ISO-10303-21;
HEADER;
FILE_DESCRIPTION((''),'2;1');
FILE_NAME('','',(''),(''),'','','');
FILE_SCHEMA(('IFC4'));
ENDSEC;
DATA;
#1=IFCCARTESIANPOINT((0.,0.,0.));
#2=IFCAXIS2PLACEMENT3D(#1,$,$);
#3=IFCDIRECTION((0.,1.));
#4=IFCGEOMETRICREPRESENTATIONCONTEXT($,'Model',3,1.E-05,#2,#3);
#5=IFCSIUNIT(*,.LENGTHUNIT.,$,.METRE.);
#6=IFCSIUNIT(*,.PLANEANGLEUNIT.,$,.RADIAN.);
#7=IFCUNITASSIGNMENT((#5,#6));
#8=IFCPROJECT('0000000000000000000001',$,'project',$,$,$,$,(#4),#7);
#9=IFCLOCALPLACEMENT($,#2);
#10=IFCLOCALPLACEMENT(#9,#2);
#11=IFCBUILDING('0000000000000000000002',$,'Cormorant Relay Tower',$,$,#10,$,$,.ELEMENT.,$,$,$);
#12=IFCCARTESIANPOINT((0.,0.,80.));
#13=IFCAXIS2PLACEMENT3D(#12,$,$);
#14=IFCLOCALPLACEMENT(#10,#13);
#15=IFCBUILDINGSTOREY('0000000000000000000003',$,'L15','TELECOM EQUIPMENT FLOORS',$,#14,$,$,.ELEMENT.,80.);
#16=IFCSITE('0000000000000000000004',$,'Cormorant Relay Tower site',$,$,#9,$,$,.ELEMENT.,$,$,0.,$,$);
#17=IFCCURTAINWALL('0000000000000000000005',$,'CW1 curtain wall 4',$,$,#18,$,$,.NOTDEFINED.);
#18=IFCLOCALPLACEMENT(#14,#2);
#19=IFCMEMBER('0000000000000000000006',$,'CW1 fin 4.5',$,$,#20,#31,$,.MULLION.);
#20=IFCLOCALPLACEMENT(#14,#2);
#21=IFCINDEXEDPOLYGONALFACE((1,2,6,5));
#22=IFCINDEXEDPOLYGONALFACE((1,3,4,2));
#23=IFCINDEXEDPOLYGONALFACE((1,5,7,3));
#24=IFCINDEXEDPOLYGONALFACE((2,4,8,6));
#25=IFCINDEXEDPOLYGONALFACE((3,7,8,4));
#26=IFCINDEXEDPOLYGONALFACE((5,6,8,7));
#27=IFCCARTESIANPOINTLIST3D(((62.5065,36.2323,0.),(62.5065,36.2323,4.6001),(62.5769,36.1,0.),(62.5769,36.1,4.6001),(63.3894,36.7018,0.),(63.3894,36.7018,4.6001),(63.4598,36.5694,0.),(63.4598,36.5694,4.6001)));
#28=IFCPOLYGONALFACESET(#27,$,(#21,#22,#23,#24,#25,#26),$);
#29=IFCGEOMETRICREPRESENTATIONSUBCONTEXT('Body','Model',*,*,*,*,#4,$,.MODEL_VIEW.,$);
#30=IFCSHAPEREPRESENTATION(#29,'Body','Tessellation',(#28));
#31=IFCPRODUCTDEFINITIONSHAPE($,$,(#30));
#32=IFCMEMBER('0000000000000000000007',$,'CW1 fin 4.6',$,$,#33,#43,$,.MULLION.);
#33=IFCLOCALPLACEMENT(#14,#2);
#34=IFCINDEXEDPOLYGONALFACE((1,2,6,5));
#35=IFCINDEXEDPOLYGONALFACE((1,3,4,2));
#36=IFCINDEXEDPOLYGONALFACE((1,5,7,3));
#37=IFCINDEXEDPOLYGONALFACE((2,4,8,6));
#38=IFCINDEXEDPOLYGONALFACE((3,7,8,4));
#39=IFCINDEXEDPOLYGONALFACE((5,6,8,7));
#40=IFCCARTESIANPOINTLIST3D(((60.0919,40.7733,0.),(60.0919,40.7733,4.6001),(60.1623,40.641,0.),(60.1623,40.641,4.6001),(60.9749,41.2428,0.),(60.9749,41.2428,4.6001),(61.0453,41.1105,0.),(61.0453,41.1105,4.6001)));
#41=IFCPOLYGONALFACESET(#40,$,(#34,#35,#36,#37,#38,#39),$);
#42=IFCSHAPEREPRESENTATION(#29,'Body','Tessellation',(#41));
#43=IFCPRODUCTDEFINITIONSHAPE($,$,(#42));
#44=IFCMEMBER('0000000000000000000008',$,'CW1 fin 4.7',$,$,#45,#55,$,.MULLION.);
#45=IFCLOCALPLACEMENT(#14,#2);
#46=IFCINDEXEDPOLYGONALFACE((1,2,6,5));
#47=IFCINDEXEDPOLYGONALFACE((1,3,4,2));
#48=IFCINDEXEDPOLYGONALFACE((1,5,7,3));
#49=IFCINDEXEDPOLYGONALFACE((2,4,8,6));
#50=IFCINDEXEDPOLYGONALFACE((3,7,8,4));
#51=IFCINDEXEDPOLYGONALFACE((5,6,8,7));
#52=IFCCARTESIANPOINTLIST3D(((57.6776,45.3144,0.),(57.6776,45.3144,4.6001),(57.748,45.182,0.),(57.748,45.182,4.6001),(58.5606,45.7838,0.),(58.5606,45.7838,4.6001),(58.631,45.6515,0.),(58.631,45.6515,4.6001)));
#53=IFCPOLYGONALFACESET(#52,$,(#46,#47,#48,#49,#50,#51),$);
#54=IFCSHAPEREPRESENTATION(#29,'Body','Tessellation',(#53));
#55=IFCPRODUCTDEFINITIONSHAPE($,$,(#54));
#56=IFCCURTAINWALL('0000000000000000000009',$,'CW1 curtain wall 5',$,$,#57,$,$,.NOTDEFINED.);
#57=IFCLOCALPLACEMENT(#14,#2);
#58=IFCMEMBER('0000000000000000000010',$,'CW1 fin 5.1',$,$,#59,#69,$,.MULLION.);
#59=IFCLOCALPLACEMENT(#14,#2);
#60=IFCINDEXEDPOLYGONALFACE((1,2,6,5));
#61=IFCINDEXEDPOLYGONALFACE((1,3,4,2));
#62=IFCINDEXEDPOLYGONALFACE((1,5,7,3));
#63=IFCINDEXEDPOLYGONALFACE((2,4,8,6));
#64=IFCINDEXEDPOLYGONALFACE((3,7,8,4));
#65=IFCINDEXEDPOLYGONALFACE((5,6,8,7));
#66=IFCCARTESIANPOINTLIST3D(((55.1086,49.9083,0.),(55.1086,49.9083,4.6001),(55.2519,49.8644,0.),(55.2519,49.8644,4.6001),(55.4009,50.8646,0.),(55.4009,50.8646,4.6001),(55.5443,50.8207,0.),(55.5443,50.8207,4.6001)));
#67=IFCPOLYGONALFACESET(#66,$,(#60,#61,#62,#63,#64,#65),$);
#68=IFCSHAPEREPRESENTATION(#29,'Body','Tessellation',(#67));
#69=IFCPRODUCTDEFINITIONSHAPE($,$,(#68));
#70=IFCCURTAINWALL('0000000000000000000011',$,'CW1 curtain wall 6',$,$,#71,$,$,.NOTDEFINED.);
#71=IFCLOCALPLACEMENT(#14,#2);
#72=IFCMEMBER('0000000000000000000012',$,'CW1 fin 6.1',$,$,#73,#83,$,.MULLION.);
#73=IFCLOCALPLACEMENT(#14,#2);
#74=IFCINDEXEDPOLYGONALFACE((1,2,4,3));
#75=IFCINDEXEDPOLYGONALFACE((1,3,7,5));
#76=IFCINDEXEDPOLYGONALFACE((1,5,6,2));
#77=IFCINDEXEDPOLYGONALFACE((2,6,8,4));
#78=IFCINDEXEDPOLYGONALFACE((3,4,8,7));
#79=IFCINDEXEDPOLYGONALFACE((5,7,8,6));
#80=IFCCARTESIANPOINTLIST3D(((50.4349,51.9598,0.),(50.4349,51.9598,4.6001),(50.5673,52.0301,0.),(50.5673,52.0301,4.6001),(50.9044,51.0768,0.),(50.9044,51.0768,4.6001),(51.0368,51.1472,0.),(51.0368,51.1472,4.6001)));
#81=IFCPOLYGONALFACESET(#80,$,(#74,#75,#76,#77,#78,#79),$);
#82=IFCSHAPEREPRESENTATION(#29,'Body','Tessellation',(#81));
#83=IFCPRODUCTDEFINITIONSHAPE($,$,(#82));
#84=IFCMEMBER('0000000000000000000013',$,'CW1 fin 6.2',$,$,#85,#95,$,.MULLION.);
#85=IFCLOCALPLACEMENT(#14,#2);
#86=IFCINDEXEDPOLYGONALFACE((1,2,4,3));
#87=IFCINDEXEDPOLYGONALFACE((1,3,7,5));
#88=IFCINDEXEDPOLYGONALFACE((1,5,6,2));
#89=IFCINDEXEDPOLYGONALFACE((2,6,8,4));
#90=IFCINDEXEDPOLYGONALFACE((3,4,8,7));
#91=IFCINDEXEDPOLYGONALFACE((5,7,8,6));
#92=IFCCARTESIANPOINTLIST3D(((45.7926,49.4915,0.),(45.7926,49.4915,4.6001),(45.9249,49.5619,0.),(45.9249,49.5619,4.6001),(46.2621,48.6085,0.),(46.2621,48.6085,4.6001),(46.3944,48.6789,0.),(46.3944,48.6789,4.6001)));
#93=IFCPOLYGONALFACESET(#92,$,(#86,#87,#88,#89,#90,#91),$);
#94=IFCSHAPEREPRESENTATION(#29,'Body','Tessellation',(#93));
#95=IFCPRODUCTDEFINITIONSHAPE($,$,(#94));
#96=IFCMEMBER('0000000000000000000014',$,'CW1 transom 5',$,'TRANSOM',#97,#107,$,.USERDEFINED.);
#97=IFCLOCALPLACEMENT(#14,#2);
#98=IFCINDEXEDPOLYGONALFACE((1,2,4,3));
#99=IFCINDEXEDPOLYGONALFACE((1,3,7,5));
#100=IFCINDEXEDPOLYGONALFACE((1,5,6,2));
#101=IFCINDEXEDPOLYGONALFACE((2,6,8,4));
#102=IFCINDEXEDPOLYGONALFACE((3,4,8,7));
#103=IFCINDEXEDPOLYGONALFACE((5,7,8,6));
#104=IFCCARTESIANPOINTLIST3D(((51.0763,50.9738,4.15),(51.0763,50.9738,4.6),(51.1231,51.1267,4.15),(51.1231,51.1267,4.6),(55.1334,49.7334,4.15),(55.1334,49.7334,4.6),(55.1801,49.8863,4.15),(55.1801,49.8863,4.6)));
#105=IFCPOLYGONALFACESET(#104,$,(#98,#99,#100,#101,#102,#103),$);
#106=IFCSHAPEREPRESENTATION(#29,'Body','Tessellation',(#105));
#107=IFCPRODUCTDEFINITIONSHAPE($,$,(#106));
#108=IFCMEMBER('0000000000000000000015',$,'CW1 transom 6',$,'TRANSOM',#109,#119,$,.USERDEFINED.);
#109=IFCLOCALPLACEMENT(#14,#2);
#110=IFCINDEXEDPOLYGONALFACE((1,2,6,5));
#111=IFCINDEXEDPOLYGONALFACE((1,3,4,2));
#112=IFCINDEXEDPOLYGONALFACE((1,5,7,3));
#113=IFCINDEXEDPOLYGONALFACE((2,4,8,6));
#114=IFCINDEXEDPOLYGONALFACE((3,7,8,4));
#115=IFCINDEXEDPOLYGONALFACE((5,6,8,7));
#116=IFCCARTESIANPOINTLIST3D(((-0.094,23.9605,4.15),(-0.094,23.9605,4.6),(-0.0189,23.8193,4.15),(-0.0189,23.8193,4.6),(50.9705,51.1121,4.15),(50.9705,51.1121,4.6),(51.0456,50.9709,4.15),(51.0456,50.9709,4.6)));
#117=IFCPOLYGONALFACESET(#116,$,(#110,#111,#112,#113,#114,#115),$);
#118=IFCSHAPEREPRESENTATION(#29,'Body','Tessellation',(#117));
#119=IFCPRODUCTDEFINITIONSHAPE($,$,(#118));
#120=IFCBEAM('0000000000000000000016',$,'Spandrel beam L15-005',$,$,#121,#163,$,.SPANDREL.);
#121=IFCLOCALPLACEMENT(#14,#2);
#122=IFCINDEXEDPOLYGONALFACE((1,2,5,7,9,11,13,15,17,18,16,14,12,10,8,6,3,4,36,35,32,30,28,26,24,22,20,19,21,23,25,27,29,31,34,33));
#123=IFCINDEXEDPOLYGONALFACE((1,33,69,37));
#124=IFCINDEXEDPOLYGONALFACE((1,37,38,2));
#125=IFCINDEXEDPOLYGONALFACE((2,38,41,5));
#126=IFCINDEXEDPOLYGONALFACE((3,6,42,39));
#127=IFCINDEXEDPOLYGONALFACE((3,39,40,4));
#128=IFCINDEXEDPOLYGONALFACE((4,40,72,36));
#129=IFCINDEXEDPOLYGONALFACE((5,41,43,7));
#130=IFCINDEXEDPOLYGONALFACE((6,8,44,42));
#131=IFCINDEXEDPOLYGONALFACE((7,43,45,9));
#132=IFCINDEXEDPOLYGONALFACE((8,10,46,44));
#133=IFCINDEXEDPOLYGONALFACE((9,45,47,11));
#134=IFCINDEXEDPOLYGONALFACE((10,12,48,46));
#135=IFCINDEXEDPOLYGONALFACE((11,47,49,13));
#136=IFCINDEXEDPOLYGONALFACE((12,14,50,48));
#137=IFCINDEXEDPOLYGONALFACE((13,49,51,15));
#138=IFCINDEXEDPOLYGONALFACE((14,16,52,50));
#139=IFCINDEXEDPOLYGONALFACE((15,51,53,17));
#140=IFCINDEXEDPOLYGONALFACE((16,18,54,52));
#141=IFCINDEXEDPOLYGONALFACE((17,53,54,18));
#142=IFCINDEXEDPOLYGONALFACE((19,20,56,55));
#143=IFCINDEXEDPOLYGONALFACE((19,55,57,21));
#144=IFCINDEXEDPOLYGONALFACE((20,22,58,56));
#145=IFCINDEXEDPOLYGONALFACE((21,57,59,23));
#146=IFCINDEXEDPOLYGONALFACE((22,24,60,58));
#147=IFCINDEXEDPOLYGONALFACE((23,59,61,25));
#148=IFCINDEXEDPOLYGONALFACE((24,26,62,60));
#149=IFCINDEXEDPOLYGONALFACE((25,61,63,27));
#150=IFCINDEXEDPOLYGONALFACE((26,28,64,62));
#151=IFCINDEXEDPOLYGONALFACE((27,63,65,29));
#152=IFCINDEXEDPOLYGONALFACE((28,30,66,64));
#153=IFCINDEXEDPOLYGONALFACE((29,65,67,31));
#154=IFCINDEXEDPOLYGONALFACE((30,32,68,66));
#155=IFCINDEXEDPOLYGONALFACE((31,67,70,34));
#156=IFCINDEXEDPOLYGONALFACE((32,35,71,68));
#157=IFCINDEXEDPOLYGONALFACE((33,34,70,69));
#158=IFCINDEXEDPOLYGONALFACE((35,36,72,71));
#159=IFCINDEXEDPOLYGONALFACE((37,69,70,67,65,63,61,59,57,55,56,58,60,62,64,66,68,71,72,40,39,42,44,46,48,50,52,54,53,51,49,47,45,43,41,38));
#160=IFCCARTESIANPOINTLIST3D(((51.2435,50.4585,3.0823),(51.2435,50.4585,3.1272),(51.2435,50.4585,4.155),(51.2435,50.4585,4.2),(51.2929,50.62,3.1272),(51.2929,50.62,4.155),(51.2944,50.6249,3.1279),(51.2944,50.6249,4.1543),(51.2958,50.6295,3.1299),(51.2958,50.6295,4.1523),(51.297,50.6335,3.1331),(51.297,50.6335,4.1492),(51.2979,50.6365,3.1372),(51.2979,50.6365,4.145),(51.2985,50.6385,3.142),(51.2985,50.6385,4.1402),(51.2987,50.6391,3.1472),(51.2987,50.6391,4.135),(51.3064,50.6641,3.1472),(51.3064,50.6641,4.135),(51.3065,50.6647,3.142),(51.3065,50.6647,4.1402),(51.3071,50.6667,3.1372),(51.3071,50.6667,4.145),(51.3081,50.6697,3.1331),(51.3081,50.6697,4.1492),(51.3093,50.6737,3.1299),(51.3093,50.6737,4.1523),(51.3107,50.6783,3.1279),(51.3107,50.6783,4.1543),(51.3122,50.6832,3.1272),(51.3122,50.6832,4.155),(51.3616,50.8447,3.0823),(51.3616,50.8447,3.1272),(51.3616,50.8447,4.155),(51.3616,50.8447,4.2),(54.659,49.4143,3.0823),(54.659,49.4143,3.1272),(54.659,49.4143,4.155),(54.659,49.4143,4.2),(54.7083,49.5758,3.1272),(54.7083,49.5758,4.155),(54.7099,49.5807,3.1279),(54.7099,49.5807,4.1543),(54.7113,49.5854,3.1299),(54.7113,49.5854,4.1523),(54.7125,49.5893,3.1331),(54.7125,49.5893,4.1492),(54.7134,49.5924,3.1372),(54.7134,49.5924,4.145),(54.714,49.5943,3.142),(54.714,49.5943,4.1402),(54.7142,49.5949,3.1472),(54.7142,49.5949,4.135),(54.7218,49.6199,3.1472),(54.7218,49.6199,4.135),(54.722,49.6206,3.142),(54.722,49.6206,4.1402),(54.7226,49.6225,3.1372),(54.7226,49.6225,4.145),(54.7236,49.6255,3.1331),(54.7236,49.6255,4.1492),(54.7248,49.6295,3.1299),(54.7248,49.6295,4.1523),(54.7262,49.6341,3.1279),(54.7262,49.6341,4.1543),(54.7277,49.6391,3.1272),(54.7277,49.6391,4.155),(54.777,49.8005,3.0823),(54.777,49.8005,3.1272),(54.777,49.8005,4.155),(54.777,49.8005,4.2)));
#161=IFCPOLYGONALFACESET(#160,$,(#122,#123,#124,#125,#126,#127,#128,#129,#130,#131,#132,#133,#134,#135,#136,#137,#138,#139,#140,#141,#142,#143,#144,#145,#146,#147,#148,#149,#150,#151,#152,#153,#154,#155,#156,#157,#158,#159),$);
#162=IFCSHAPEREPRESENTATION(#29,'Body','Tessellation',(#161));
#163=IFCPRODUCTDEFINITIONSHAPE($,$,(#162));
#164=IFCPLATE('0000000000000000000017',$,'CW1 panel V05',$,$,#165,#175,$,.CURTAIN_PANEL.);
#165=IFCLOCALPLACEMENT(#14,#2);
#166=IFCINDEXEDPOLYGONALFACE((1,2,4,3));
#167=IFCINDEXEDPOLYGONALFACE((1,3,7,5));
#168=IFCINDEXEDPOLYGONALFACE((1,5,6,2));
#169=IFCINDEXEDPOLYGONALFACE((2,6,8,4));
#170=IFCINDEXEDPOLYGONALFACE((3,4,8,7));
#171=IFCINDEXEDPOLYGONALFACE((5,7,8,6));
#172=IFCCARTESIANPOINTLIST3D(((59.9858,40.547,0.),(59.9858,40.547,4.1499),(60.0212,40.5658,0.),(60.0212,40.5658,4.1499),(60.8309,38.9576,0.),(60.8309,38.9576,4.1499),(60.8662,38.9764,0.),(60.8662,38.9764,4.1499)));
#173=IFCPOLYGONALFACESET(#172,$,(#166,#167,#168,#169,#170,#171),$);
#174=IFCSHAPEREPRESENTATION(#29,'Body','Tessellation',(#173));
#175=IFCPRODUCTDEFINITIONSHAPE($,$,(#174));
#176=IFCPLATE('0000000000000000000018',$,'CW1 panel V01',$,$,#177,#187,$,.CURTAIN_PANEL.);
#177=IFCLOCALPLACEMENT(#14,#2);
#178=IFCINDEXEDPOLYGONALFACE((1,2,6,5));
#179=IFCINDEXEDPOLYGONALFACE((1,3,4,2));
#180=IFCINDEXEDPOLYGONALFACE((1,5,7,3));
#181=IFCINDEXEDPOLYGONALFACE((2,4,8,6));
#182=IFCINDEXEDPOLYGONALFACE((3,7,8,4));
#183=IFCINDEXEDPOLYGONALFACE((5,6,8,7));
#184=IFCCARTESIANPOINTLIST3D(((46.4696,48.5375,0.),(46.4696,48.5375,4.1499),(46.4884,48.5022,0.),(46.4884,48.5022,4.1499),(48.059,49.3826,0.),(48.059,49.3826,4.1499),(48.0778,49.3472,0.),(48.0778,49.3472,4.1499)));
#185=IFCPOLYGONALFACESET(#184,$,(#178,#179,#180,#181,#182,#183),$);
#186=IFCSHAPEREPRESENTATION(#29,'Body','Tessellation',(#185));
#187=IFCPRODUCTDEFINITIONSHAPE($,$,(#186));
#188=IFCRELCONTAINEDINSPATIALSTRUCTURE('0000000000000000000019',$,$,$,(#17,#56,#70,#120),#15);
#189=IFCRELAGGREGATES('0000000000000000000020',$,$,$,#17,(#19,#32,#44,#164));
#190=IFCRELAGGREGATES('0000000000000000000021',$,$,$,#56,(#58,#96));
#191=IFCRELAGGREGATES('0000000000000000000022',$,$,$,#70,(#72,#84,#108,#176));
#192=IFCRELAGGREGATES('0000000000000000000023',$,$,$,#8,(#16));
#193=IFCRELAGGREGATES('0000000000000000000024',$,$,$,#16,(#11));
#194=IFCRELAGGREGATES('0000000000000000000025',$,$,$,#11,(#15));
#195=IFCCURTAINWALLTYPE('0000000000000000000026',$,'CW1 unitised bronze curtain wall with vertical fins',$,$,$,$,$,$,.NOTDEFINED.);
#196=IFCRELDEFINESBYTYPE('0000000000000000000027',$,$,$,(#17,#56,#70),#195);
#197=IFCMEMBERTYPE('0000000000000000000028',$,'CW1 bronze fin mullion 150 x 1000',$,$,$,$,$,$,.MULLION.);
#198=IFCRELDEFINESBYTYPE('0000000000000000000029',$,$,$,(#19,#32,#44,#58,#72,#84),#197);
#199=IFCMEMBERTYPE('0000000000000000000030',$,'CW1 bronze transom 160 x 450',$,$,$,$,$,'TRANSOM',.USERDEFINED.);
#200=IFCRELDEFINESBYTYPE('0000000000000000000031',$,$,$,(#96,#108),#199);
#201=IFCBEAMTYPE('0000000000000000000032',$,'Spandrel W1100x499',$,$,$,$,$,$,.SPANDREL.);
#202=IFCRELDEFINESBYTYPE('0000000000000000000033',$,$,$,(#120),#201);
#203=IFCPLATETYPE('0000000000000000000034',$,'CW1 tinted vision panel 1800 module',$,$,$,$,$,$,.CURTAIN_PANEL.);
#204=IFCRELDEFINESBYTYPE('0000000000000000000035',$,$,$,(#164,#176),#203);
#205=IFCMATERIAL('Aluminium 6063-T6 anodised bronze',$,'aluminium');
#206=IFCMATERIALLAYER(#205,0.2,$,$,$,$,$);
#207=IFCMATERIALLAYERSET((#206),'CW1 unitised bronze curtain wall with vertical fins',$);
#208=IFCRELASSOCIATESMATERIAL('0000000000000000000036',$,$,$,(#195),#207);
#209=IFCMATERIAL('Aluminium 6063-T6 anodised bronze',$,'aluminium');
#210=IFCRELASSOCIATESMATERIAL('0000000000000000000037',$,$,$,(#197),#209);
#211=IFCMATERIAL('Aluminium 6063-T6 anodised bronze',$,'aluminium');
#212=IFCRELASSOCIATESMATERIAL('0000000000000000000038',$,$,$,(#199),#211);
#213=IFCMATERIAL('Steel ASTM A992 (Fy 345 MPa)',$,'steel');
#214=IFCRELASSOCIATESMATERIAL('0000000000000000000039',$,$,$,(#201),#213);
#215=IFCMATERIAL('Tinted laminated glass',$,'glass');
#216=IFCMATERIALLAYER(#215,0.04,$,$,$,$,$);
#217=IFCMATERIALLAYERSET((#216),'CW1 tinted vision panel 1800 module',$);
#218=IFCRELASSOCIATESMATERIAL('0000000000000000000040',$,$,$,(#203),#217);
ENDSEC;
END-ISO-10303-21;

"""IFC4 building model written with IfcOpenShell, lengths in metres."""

from ifc_helpers import new_model, si_unit, direction, frame, origin, origin_2d, place, context, subcontext, project, spatial, rectangle, i_section, extrude, material, layer, layer_set, material_profile, profile_set, type_object, element, aggregate, save


model = new_model("IFC4")

# Units and contexts
model_context = context("Model", 3, precision=1e-05, world=origin(), true_north=direction((0.0, 1.0)))
body_context = subcontext(model_context, "Body", "Model", "MODEL_VIEW")
ifc_project = project(units=[si_unit("LENGTHUNIT", "METRE"), si_unit("PLANEANGLEUNIT", "RADIAN")], contexts=[model_context])

# Site, building, storey
site_placement = place(None, origin())
site = spatial("IfcSite", under=ifc_project, at=site_placement, Name="Cormorant Relay Tower site", CompositionType="ELEMENT", RefElevation=0.0)
building_placement = place(site_placement, origin())
building = spatial("IfcBuilding", under=site, at=building_placement, Name="Cormorant Relay Tower", CompositionType="ELEMENT")
storey_placement = place(building_placement, frame((0.0, 0.0, 80.0)))
storey = spatial("IfcBuildingStorey", under=building, at=storey_placement, Name="L15", Description="TELECOM EQUIPMENT FLOORS", CompositionType="ELEMENT", Elevation=80.0)

# Curtain wall, members
ifc_material_1 = material(Name="Aluminium 6063-T6 anodised bronze", Category="aluminium")
ifc_layer_1 = layer(ifc_material_1, 0.2)
ifc_layer_set_1 = layer_set([ifc_layer_1], Name="CW1 unitised bronze curtain wall with vertical fins")
curtain_wall_type = type_object("IfcCurtainWallType", Name="CW1 unitised bronze curtain wall with vertical fins", PredefinedType="NOTDEFINED", material=ifc_layer_set_1)
curtain_wall_1_placement = place(storey_placement, origin())
curtain_wall_1 = element("IfcCurtainWall", 1, at=curtain_wall_1_placement, inside=storey, type_object=curtain_wall_type, Name="CW1 curtain wall 4", PredefinedType="NOTDEFINED")
ifc_material_2 = material(Name="Aluminium 6063-T6 anodised bronze", Category="aluminium")
ifc_material_profile_1 = material_profile(ifc_material_2, rectangle(XDim=0.1499, YDim=1.0, at=origin_2d()), Name="AL 150x1000")
ifc_profile_set_1 = profile_set([ifc_material_profile_1], Name="Aluminium 6063-T6 anodised bronze")
member_type_1 = type_object("IfcMemberType", Name="CW1 bronze fin mullion 150 x 1000", PredefinedType="MULLION", material=ifc_profile_set_1)
member_1_placement = place(storey_placement, frame((62.9832, 36.4009, 0.0), z_axis=(0.0, 0.0, 1.0), x_axis=(-0.469472, 0.882948, 0.0)))
member_1 = element("IfcMember", 2, at=member_1_placement, type_object=member_type_1, Name="CW1 fin 4.5", PredefinedType="MULLION", context=body_context, shape_type="SweptSolid", body=[
    extrude(rectangle(XDim=0.1499, YDim=1.0, at=origin_2d()), origin(), (0.0, 0.0, 1.0), 4.6001),
])
member_2_placement = place(storey_placement, frame((60.5686, 40.9419, 0.0), z_axis=(0.0, 0.0, 1.0), x_axis=(-0.469472, 0.882948, 0.0)))
member_2 = element("IfcMember", 3, at=member_2_placement, type_object=member_type_1, Name="CW1 fin 4.6", PredefinedType="MULLION", context=body_context, shape_type="SweptSolid", body=[
    extrude(rectangle(XDim=0.1499, YDim=1.0, at=origin_2d()), origin(), (0.0, 0.0, 1.0), 4.6001),
])
member_3_placement = place(storey_placement, frame((58.1543, 45.4829, 0.0), z_axis=(0.0, 0.0, 1.0), x_axis=(-0.469472, 0.882948, 0.0)))
member_3 = element("IfcMember", 4, at=member_3_placement, type_object=member_type_1, Name="CW1 fin 4.7", PredefinedType="MULLION", context=body_context, shape_type="SweptSolid", body=[
    extrude(rectangle(XDim=0.1499, YDim=1.0, at=origin_2d()), origin(), (0.0, 0.0, 1.0), 4.6001),
])

# Curtain wall, member
curtain_wall_2_placement = place(storey_placement, origin())
curtain_wall_2 = element("IfcCurtainWall", 5, at=curtain_wall_2_placement, inside=storey, type_object=curtain_wall_type, Name="CW1 curtain wall 5", PredefinedType="NOTDEFINED")
member_4_placement = place(storey_placement, frame((55.3264, 50.3645, 0.0), z_axis=(0.0, 0.0, 1.0), x_axis=(-0.956305, 0.292372, 0.0)))
member_4 = element("IfcMember", 6, at=member_4_placement, type_object=member_type_1, Name="CW1 fin 5.1", PredefinedType="MULLION", context=body_context, shape_type="SweptSolid", body=[
    extrude(rectangle(XDim=0.1499, YDim=1.0, at=origin_2d()), origin(), (0.0, 0.0, 1.0), 4.6001),
])

# Curtain wall, members
curtain_wall_3_placement = place(storey_placement, origin())
curtain_wall_3 = element("IfcCurtainWall", 7, at=curtain_wall_3_placement, inside=storey, type_object=curtain_wall_type, Name="CW1 curtain wall 6", PredefinedType="NOTDEFINED")
member_5_placement = place(storey_placement, frame((50.7358, 51.5535, 0.0), z_axis=(0.0, 0.0, 1.0), x_axis=(-0.882948, -0.469472, 0.0)))
member_5 = element("IfcMember", 8, at=member_5_placement, type_object=member_type_1, Name="CW1 fin 6.1", PredefinedType="MULLION", context=body_context, shape_type="SweptSolid", body=[
    extrude(rectangle(XDim=0.1499, YDim=1.0, at=origin_2d()), origin(), (0.0, 0.0, 1.0), 4.6001),
])
member_6_placement = place(storey_placement, frame((46.0935, 49.0852, 0.0), z_axis=(0.0, 0.0, 1.0), x_axis=(-0.882948, -0.469472, 0.0)))
member_6 = element("IfcMember", 9, at=member_6_placement, type_object=member_type_1, Name="CW1 fin 6.2", PredefinedType="MULLION", context=body_context, shape_type="SweptSolid", body=[
    extrude(rectangle(XDim=0.1499, YDim=1.0, at=origin_2d()), origin(), (0.0, 0.0, 1.0), 4.6001),
])

# Members
ifc_material_3 = material(Name="Aluminium 6063-T6 anodised bronze", Category="aluminium")
ifc_material_profile_2 = material_profile(ifc_material_3, rectangle(XDim=0.1599, YDim=0.45, at=origin_2d()), Name="AL 160x450")
ifc_profile_set_2 = profile_set([ifc_material_profile_2], Name="Aluminium 6063-T6 anodised bronze")
member_type_2 = type_object("IfcMemberType", Name="CW1 bronze transom 160 x 450", ElementType="TRANSOM", PredefinedType="USERDEFINED", material=ifc_profile_set_2)
member_7_placement = place(storey_placement, frame((55.1567, 49.8098, 4.375), z_axis=(-0.956299, 0.292391, 0.0), x_axis=(-0.292391, -0.956299, 0.0)))
member_7 = element("IfcMember", 10, at=member_7_placement, type_object=member_type_2, Name="CW1 transom 5", ObjectType="TRANSOM", PredefinedType="USERDEFINED", context=body_context, shape_type="SweptSolid", body=[
    extrude(rectangle(XDim=0.1599, YDim=0.45, at=origin_2d()), origin(), (0.0, 0.0, 1.0), 4.2424),
])
member_8_placement = place(storey_placement, frame((51.0081, 51.0415, 4.375), z_axis=(-0.882946, -0.469474, 0.0), x_axis=(0.469474, -0.882946, 0.0)))
member_8 = element("IfcMember", 11, at=member_8_placement, type_object=member_type_2, Name="CW1 transom 6", ObjectType="TRANSOM", PredefinedType="USERDEFINED", context=body_context, shape_type="SweptSolid", body=[
    extrude(rectangle(XDim=0.1599, YDim=0.45, at=origin_2d()), origin(), (0.0, 0.0, 1.0), 57.8342),
])

# Beam
ifc_material_4 = material(Name="Steel ASTM A992 (Fy 345 MPa)", Category="steel")
ifc_material_profile_3 = material_profile(ifc_material_4, i_section(OverallWidth=0.4038, OverallDepth=1.1177, WebThickness=0.0261, FlangeThickness=0.0449, FilletRadius=0.02, at=origin_2d()), Name="W1100x499")
ifc_profile_set_3 = profile_set([ifc_material_profile_3], Name="Steel ASTM A992 (Fy 345 MPa)")
beam_type = type_object("IfcBeamType", Name="Spandrel W1100x499", PredefinedType="SPANDREL", material=ifc_profile_set_3)
beam_placement = place(storey_placement, frame((54.718, 49.6074, 3.6411), z_axis=(-0.956308, 0.292361, 0.0), x_axis=(-0.292361, -0.956308, 0.0)))
element("IfcBeam", 12, at=beam_placement, inside=storey, type_object=beam_type, Name="Spandrel beam L15-005", PredefinedType="SPANDREL", context=body_context, shape_type="SweptSolid", body=[
    extrude(i_section(OverallWidth=0.4038, OverallDepth=1.1177, WebThickness=0.0261, FlangeThickness=0.0449, FilletRadius=0.02, at=origin_2d()), origin(), (0.0, 0.0, 1.0), 3.5715),
])

# Plates
ifc_material_5 = material(Name="Tinted laminated glass", Category="glass")
ifc_layer_2 = layer(ifc_material_5, 0.04)
ifc_layer_set_2 = layer_set([ifc_layer_2], Name="CW1 tinted vision panel 1800 module")
plate_type_1 = type_object("IfcPlateType", Name="CW1 tinted vision panel 1800 module", PredefinedType="CURTAIN_PANEL", material=ifc_layer_set_2)
plate_1_placement = place(storey_placement, frame((60.426, 39.7617, 0.0), z_axis=(0.0, 0.0, 1.0), x_axis=(-0.469472, 0.882948, 0.0)))
plate_1 = element("IfcPlate", 13, at=plate_1_placement, type_object=plate_type_1, Name="CW1 panel V05", PredefinedType="CURTAIN_PANEL", context=body_context, shape_type="SweptSolid", body=[
    extrude(rectangle(XDim=1.8, YDim=0.04, at=origin_2d()), origin(), (0.0, 0.0, 1.0), 4.1499),
])
plate_2_placement = place(storey_placement, frame((47.2737, 48.9424, 0.0), z_axis=(0.0, 0.0, 1.0), x_axis=(-0.882948, -0.469472, 0.0)))
plate_2 = element("IfcPlate", 14, at=plate_2_placement, type_object=plate_type_1, Name="CW1 panel V01", PredefinedType="CURTAIN_PANEL", context=body_context, shape_type="SweptSolid", body=[
    extrude(rectangle(XDim=1.8, YDim=0.04, at=origin_2d()), origin(), (0.0, 0.0, 1.0), 4.1499),
])

aggregate(curtain_wall_1, [member_1, member_2, member_3, plate_1])
aggregate(curtain_wall_2, [member_4, member_7])
aggregate(curtain_wall_3, [member_5, member_6, member_8, plate_2])

save(model, "model.ifc")
